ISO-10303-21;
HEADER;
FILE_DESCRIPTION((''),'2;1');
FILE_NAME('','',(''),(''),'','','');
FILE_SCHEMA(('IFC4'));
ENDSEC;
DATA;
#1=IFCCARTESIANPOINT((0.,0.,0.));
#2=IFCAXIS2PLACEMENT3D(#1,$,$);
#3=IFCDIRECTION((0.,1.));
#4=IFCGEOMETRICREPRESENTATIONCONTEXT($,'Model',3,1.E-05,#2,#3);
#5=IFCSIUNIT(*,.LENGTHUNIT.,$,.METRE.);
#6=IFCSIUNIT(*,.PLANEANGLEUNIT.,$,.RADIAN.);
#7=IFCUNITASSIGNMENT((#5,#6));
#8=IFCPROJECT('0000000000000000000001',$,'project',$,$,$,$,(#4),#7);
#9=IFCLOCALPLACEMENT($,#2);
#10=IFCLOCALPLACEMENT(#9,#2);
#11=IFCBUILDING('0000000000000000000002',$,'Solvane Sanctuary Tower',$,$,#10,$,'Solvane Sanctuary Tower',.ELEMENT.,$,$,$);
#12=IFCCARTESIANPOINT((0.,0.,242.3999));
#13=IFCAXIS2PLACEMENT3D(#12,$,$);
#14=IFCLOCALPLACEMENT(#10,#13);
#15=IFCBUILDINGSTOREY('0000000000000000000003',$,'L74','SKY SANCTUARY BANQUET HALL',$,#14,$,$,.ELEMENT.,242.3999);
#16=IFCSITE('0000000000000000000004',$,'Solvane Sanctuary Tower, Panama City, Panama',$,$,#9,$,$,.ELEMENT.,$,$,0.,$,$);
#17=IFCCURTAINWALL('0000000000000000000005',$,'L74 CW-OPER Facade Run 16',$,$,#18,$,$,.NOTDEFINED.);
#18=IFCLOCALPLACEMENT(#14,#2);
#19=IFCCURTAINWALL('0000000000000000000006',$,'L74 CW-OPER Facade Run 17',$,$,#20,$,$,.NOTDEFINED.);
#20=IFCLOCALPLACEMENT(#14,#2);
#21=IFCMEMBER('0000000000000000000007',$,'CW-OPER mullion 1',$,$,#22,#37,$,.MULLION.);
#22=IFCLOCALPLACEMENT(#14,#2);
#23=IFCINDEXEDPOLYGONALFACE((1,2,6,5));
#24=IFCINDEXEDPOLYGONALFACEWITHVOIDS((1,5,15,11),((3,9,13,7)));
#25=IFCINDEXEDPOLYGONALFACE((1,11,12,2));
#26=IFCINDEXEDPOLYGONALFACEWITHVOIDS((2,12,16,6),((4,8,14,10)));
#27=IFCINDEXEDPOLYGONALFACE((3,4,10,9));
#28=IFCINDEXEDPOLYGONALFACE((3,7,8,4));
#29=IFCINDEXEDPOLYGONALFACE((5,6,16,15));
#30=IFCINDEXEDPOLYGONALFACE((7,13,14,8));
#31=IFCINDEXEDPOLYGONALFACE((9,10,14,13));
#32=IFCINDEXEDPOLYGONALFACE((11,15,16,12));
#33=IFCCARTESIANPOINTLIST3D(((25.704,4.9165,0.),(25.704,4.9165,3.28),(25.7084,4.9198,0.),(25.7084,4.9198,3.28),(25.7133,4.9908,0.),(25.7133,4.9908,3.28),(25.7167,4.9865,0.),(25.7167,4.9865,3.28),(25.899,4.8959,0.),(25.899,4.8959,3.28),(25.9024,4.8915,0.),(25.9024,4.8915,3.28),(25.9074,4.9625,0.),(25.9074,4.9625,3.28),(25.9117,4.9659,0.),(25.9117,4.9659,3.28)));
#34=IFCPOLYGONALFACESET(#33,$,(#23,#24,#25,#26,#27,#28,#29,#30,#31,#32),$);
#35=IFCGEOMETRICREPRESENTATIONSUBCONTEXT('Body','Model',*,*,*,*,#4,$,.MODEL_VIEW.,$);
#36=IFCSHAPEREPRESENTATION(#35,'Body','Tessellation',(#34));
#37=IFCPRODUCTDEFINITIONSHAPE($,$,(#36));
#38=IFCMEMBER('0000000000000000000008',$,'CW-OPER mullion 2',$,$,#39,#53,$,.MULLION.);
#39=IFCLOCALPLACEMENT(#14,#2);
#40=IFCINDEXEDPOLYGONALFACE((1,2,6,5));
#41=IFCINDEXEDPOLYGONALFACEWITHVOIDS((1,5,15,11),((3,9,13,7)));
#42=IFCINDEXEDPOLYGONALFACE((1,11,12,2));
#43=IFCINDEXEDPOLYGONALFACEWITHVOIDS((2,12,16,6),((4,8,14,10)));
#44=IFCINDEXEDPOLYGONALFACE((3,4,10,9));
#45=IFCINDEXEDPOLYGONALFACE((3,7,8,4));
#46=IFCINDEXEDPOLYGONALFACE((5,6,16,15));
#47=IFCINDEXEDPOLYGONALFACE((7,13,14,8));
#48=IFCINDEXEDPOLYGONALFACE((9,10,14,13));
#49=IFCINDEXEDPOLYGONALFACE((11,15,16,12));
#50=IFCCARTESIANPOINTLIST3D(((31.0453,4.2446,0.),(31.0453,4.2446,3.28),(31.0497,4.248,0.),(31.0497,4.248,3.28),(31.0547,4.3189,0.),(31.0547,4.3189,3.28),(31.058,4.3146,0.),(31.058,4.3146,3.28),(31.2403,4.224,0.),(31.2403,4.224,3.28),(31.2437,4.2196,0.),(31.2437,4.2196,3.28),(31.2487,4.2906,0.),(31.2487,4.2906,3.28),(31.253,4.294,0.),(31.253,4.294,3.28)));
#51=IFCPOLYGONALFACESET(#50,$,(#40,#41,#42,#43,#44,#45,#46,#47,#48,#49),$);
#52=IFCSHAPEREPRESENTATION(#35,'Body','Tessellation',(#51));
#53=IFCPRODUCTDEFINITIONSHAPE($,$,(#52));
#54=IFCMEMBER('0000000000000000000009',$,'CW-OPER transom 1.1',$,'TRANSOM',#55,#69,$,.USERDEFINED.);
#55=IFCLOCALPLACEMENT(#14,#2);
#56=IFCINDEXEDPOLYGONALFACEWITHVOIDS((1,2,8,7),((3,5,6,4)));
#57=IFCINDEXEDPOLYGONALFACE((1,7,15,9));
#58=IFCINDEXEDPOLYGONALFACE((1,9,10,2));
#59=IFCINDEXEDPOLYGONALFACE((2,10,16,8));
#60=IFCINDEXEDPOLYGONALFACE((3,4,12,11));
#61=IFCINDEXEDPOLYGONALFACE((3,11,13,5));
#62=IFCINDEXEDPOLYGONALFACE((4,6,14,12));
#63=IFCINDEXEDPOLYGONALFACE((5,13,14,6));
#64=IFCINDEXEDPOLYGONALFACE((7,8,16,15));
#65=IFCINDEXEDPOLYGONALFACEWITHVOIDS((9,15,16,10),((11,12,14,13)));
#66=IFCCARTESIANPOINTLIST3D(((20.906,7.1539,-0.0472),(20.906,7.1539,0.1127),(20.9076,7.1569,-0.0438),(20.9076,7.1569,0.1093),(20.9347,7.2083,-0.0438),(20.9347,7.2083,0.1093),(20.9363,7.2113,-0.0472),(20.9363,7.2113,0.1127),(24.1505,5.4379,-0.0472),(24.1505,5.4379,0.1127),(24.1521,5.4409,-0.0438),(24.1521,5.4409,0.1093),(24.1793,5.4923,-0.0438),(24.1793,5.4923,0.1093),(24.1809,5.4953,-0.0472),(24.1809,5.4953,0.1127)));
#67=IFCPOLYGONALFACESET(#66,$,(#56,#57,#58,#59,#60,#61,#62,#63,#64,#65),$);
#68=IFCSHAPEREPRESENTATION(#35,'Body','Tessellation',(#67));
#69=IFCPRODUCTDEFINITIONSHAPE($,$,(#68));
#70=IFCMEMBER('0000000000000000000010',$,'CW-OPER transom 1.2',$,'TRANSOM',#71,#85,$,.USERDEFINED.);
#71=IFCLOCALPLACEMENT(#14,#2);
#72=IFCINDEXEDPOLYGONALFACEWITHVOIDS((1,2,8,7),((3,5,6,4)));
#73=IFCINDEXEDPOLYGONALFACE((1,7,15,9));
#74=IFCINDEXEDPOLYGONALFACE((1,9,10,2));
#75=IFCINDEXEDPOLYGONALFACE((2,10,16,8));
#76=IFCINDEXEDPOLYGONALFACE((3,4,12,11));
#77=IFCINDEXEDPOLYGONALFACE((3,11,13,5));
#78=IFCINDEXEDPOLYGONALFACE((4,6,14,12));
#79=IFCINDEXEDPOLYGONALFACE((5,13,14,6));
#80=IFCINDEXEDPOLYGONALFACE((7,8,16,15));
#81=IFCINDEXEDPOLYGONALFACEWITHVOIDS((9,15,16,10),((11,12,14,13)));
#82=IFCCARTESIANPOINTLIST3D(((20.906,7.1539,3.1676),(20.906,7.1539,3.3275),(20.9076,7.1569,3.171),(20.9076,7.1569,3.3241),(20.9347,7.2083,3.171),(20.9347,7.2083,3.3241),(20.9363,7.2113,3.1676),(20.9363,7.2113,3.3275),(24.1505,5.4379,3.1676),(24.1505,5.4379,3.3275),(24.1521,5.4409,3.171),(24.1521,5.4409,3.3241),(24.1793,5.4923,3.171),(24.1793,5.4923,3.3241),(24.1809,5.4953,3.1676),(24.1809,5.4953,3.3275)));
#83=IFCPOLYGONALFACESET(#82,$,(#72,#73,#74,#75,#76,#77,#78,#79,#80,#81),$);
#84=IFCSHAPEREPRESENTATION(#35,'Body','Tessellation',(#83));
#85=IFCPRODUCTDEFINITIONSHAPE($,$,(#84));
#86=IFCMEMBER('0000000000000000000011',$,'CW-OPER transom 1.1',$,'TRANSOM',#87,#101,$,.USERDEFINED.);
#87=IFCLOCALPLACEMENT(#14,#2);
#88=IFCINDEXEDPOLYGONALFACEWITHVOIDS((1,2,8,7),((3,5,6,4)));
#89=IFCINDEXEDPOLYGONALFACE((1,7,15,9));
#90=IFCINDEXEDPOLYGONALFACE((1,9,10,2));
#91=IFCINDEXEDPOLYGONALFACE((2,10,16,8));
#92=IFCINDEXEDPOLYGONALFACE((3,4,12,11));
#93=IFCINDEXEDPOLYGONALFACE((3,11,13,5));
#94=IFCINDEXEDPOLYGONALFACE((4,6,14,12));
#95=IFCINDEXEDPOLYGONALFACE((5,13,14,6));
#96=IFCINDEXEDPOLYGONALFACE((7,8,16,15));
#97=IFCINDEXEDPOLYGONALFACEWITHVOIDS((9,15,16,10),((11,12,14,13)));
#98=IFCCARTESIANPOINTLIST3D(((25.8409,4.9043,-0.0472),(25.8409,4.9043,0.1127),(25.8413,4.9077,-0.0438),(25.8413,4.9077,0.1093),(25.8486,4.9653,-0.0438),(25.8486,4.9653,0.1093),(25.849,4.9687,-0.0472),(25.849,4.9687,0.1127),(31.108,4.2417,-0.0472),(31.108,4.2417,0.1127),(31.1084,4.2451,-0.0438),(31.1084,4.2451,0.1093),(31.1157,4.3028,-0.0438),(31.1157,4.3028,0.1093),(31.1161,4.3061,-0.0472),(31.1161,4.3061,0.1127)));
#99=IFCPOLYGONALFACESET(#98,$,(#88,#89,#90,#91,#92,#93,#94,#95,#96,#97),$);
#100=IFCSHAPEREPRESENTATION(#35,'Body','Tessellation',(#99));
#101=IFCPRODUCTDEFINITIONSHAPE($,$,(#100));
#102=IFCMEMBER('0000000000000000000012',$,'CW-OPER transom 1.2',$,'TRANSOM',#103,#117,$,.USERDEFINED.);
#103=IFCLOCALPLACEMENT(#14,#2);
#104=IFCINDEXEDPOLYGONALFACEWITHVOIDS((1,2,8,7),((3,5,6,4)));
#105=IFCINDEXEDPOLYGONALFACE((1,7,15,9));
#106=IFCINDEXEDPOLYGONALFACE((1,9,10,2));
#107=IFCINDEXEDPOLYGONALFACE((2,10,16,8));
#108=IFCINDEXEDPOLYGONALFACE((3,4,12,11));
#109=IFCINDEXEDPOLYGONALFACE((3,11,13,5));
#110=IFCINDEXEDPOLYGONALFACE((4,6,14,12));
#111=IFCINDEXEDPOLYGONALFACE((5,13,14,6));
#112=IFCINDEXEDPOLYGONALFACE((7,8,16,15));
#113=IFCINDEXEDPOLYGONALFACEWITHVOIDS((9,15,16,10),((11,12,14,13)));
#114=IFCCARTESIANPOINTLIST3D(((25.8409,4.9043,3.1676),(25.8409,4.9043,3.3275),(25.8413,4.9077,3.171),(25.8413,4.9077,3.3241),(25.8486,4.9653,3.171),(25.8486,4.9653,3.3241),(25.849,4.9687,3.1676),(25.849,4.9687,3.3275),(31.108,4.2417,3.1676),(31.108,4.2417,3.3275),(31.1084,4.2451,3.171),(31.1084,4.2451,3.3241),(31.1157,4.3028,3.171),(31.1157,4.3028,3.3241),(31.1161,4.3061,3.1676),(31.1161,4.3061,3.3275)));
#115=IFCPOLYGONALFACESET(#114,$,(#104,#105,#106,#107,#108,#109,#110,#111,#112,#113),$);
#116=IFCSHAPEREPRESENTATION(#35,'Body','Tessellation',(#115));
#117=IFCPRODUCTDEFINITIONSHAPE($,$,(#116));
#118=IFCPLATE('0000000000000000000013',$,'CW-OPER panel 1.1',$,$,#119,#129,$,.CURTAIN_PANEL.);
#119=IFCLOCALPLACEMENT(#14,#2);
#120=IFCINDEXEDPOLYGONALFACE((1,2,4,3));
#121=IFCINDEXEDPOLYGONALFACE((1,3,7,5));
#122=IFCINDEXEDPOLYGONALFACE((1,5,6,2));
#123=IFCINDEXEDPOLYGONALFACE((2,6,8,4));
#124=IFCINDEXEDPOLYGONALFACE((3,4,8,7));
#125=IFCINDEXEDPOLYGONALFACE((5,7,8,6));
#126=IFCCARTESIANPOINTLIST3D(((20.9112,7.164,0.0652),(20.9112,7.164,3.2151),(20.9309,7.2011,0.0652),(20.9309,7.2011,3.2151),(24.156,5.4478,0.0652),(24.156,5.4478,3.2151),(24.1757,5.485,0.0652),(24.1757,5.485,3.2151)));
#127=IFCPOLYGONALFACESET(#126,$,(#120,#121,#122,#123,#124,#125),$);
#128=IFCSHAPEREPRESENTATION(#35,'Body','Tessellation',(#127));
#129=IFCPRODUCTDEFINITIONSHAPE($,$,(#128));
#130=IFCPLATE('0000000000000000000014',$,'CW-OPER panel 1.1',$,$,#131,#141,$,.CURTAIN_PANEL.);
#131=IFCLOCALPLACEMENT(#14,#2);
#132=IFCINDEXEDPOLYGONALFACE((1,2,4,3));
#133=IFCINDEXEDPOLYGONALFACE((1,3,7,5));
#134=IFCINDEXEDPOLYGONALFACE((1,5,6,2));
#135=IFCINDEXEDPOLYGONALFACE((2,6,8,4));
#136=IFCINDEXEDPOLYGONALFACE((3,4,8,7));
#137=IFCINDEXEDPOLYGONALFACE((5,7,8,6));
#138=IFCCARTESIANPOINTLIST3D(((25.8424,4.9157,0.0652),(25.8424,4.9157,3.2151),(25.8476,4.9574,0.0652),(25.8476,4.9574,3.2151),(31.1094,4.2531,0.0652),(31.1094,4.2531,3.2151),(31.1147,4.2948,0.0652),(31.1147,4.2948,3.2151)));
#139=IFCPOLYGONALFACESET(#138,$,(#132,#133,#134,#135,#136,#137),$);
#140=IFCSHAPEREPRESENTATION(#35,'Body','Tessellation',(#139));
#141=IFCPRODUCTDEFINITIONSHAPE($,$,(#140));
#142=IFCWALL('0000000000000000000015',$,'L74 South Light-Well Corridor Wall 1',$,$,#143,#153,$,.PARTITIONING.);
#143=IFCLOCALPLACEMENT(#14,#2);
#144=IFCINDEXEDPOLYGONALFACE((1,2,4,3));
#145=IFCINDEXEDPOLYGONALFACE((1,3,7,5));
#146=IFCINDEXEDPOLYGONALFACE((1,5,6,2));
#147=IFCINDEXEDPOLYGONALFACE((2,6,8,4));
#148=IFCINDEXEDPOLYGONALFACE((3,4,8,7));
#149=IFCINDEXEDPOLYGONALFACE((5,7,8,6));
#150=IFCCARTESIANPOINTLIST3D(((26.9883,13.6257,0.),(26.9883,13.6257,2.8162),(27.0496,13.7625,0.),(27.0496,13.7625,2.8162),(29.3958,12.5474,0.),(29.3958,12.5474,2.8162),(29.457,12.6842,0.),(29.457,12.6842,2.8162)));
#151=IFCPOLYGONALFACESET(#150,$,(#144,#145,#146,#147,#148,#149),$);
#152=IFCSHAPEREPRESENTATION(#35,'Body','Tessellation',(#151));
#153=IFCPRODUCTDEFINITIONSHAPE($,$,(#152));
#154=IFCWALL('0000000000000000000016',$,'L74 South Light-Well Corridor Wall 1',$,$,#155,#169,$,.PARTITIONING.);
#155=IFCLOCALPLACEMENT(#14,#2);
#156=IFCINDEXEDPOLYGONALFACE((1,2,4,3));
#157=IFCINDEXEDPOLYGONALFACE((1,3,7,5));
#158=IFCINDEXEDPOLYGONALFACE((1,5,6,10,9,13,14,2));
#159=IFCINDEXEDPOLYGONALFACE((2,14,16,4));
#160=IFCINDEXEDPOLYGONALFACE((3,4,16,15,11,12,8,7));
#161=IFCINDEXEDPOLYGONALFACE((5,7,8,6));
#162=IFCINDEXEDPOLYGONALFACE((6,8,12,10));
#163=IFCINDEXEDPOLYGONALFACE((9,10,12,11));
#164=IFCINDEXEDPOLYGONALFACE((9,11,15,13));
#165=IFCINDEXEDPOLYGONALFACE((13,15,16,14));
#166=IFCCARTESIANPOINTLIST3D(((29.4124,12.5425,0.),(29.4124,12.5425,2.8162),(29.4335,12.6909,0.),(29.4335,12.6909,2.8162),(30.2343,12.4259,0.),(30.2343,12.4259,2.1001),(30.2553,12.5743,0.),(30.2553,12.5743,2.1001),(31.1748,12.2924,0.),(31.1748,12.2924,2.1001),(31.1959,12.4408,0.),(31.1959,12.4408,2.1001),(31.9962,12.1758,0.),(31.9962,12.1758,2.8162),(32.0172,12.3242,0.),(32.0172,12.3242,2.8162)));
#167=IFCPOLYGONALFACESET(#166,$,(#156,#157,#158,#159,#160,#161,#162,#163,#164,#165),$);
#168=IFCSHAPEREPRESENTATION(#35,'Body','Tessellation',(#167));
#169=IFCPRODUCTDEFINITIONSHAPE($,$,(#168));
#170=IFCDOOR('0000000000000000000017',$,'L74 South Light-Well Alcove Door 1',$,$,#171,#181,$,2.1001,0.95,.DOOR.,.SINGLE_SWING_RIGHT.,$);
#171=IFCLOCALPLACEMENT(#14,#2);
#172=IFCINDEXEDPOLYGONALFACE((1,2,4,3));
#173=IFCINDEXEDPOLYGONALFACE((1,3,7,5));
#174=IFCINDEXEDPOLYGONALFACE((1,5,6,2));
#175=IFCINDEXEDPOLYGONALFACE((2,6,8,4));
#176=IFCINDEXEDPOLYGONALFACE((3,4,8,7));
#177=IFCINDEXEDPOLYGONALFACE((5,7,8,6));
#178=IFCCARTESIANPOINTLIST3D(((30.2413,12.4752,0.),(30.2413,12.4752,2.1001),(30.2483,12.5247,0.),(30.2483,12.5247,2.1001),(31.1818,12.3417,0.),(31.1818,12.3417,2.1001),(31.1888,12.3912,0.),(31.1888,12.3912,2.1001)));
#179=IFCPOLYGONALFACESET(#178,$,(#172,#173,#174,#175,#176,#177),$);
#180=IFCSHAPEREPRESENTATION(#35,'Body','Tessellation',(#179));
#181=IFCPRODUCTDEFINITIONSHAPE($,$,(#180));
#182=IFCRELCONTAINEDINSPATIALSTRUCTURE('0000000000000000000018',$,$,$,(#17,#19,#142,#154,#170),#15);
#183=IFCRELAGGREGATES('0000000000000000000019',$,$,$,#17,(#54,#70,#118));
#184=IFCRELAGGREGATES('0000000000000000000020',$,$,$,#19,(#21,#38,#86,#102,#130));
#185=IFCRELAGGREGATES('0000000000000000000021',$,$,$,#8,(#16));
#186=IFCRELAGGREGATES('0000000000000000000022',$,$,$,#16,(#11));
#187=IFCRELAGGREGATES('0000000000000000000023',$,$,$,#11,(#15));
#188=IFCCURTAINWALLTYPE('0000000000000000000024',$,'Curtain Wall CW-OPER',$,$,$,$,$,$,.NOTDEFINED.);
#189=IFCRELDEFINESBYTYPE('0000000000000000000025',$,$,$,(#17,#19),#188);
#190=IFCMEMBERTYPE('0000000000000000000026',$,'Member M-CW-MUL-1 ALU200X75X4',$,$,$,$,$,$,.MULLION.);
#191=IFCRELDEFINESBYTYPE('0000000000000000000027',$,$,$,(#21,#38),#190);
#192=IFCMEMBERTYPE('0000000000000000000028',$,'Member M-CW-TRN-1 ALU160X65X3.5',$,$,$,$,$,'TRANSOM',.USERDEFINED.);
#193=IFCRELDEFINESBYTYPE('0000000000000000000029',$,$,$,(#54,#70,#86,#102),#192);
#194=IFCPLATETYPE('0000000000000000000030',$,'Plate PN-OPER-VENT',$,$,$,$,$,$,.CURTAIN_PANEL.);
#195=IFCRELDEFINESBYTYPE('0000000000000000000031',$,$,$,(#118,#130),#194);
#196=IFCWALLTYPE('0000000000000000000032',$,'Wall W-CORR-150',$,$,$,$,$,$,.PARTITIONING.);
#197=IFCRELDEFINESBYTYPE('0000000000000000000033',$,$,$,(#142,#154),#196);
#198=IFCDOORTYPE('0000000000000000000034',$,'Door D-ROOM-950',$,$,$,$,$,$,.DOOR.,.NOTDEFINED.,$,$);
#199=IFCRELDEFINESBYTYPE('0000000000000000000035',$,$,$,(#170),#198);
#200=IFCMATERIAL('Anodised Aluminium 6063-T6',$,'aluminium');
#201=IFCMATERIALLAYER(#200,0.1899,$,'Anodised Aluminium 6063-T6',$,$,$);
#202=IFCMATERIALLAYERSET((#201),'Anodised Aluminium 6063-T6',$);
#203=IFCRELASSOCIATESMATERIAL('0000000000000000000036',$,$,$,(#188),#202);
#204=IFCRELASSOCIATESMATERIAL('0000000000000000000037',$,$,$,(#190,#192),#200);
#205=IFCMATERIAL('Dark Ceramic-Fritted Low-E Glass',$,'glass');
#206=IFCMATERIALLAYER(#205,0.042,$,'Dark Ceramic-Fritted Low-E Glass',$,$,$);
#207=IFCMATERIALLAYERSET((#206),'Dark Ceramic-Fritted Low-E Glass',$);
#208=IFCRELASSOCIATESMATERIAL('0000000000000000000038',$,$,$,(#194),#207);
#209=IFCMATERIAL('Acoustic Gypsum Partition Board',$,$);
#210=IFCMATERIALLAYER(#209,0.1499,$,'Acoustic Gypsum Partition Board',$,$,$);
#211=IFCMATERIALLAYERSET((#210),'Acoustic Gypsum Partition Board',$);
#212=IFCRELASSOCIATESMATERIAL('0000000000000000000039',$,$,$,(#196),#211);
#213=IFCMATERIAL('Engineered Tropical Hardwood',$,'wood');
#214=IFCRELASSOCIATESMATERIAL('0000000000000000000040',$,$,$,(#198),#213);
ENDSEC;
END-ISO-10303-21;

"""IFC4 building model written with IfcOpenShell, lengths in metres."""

from ifc_helpers import new_model, si_unit, direction, frame, frame_2d, origin, origin_2d, place, context, subcontext, project, spatial, rectangle, hollow_rectangle, extrude, material, layer, layer_set, material_profile, profile_set, type_object, element, fill, aggregate, save


model = new_model("IFC4")

# Units and contexts
model_context = context("Model", 3, precision=1e-05, world=origin(), true_north=direction((0.0, 1.0)))
body_context = subcontext(model_context, "Body", "Model", "MODEL_VIEW")
ifc_project = project(units=[si_unit("LENGTHUNIT", "METRE"), si_unit("PLANEANGLEUNIT", "RADIAN")], contexts=[model_context])

# Site, building, storey
site_placement = place(None, origin())
site = spatial("IfcSite", under=ifc_project, at=site_placement, Name="Solvane Sanctuary Tower, Panama City, Panama", CompositionType="ELEMENT", RefElevation=0.0)
building_placement = place(site_placement, origin())
building = spatial("IfcBuilding", under=site, at=building_placement, Name="Solvane Sanctuary Tower", LongName="Solvane Sanctuary Tower", CompositionType="ELEMENT")
storey_placement = place(building_placement, frame((0.0, 0.0, 242.3999)))
storey = spatial("IfcBuildingStorey", under=building, at=storey_placement, Name="L74", Description="SKY SANCTUARY BANQUET HALL", CompositionType="ELEMENT", Elevation=242.3999)

# Curtain walls, members
ifc_material_1 = material(Name="Anodised Aluminium 6063-T6", Category="aluminium")
ifc_layer_1 = layer(ifc_material_1, 0.1899, Name="Anodised Aluminium 6063-T6")
ifc_layer_set_1 = layer_set([ifc_layer_1], Name="Anodised Aluminium 6063-T6")
curtain_wall_type = type_object("IfcCurtainWallType", Name="Curtain Wall CW-OPER", PredefinedType="NOTDEFINED", material=ifc_layer_set_1)
curtain_wall_1_placement = place(storey_placement, origin())
curtain_wall_1 = element("IfcCurtainWall", 1, at=curtain_wall_1_placement, inside=storey, type_object=curtain_wall_type, Name="L74 CW-OPER Facade Run 16", PredefinedType="NOTDEFINED")
ifc_material_profile_1 = material_profile(ifc_material_1, hollow_rectangle(XDim=0.075, YDim=0.2, WallThickness=0.0039, at=origin_2d()), Name="ALU200X75X4")
ifc_profile_set_1 = profile_set([ifc_material_profile_1], Name="Anodised Aluminium 6063-T6")
member_type_1 = type_object("IfcMemberType", Name="Member M-CW-MUL-1 ALU200X75X4", PredefinedType="MULLION", material=ifc_profile_set_1)
curtain_wall_2_placement = place(storey_placement, origin())
curtain_wall_2 = element("IfcCurtainWall", 2, at=curtain_wall_2_placement, inside=storey, type_object=curtain_wall_type, Name="L74 CW-OPER Facade Run 17", PredefinedType="NOTDEFINED")
member_1_placement = place(storey_placement, frame((25.8079, 4.9412, 0.0), z_axis=(0.0, 0.0, 1.0), x_axis=(0.124815, 0.99218, 0.0)))
member_1 = element("IfcMember", 3, at=member_1_placement, type_object=member_type_1, Name="CW-OPER mullion 1", PredefinedType="MULLION", context=body_context, shape_type="SweptSolid", body=[
    extrude(hollow_rectangle(XDim=0.075, YDim=0.2, WallThickness=0.0039, at=origin_2d()), origin(), (0.0, 0.0, 1.0), 3.28),
])
member_2_placement = place(storey_placement, frame((31.1492, 4.2693, 0.0), z_axis=(0.0, 0.0, 1.0), x_axis=(0.124815, 0.99218, 0.0)))
member_2 = element("IfcMember", 4, at=member_2_placement, type_object=member_type_1, Name="CW-OPER mullion 2", PredefinedType="MULLION", context=body_context, shape_type="SweptSolid", body=[
    extrude(hollow_rectangle(XDim=0.075, YDim=0.2, WallThickness=0.0039, at=origin_2d()), origin(), (0.0, 0.0, 1.0), 3.28),
])

# Members
ifc_material_profile_2 = material_profile(ifc_material_1, hollow_rectangle(XDim=0.0649, YDim=0.1599, WallThickness=0.0034, at=origin_2d()), Name="ALU160X65X3.5")
ifc_profile_set_2 = profile_set([ifc_material_profile_2], Name="Anodised Aluminium 6063-T6")
member_type_2 = type_object("IfcMemberType", Name="Member M-CW-TRN-1 ALU160X65X3.5", ElementType="TRANSOM", PredefinedType="USERDEFINED", material=ifc_profile_set_2)
member_3_placement = place(storey_placement, frame((20.9211, 7.1826, 0.0327), z_axis=(0.883977, -0.46753, 0.0), x_axis=(0.46753, 0.883977, 0.0)))
member_3 = element("IfcMember", 5, at=member_3_placement, type_object=member_type_2, Name="CW-OPER transom 1.1", ObjectType="TRANSOM", PredefinedType="USERDEFINED", context=body_context, shape_type="SweptSolid", body=[
    extrude(hollow_rectangle(XDim=0.0649, YDim=0.1599, WallThickness=0.0034, at=origin_2d()), origin(), (0.0, 0.0, 1.0), 3.6704),
])
member_4_placement = place(storey_placement, frame((20.9211, 7.1826, 3.2476), z_axis=(0.883977, -0.46753, 0.0), x_axis=(0.46753, 0.883977, 0.0)))
member_4 = element("IfcMember", 6, at=member_4_placement, type_object=member_type_2, Name="CW-OPER transom 1.2", ObjectType="TRANSOM", PredefinedType="USERDEFINED", context=body_context, shape_type="SweptSolid", body=[
    extrude(hollow_rectangle(XDim=0.0649, YDim=0.1599, WallThickness=0.0034, at=origin_2d()), origin(), (0.0, 0.0, 1.0), 3.6704),
])
member_5_placement = place(storey_placement, frame((25.845, 4.9365, 0.0327), z_axis=(0.99218, -0.124816, 0.0), x_axis=(0.124816, 0.99218, 0.0)))
member_5 = element("IfcMember", 7, at=member_5_placement, type_object=member_type_2, Name="CW-OPER transom 1.1", ObjectType="TRANSOM", PredefinedType="USERDEFINED", context=body_context, shape_type="SweptSolid", body=[
    extrude(hollow_rectangle(XDim=0.0649, YDim=0.1599, WallThickness=0.0034, at=origin_2d()), origin(), (0.0, 0.0, 1.0), 5.3086),
])
member_6_placement = place(storey_placement, frame((25.845, 4.9365, 3.2476), z_axis=(0.99218, -0.124816, 0.0), x_axis=(0.124816, 0.99218, 0.0)))
member_6 = element("IfcMember", 8, at=member_6_placement, type_object=member_type_2, Name="CW-OPER transom 1.2", ObjectType="TRANSOM", PredefinedType="USERDEFINED", context=body_context, shape_type="SweptSolid", body=[
    extrude(hollow_rectangle(XDim=0.0649, YDim=0.1599, WallThickness=0.0034, at=origin_2d()), origin(), (0.0, 0.0, 1.0), 5.3086),
])

# Plates
ifc_material_2 = material(Name="Dark Ceramic-Fritted Low-E Glass", Category="glass")
ifc_layer_2 = layer(ifc_material_2, 0.042, Name="Dark Ceramic-Fritted Low-E Glass")
ifc_layer_set_2 = layer_set([ifc_layer_2], Name="Dark Ceramic-Fritted Low-E Glass")
plate_type = type_object("IfcPlateType", Name="Plate PN-OPER-VENT", PredefinedType="CURTAIN_PANEL", material=ifc_layer_set_2)
plate_1_placement = place(storey_placement, frame((22.5435, 6.3245, 0.0652), z_axis=(0.0, 0.0, 1.0), x_axis=(0.883981, -0.467523, 0.0)))
plate_1 = element("IfcPlate", 9, at=plate_1_placement, type_object=plate_type, Name="CW-OPER panel 1.1", PredefinedType="CURTAIN_PANEL", context=body_context, shape_type="SweptSolid", body=[
    extrude(rectangle(XDim=3.6707, YDim=0.042, at=origin_2d()), origin(), (0.0, 0.0, 1.0), 3.1499),
])
aggregate(curtain_wall_1, [member_3, member_4, plate_1])
plate_2_placement = place(storey_placement, frame((28.4785, 4.6052, 0.0652), z_axis=(0.0, 0.0, 1.0), x_axis=(0.99218, -0.124815, 0.0)))
plate_2 = element("IfcPlate", 10, at=plate_2_placement, type_object=plate_type, Name="CW-OPER panel 1.1", PredefinedType="CURTAIN_PANEL", context=body_context, shape_type="SweptSolid", body=[
    extrude(rectangle(XDim=5.3086, YDim=0.042, at=origin_2d()), origin(), (0.0, 0.0, 1.0), 3.1499),
])
aggregate(curtain_wall_2, [member_1, member_2, member_5, member_6, plate_2])

# Wall
ifc_material_3 = material(Name="Acoustic Gypsum Partition Board")
ifc_layer_3 = layer(ifc_material_3, 0.1499, Name="Acoustic Gypsum Partition Board")
ifc_layer_set_3 = layer_set([ifc_layer_3], Name="Acoustic Gypsum Partition Board")
wall_type_1 = type_object("IfcWallType", Name="Wall W-CORR-150", PredefinedType="PARTITIONING", material=ifc_layer_set_3)
wall_1_placement = place(storey_placement, frame((27.019, 13.6941, 0.0), z_axis=(0.0, 0.0, 1.0), x_axis=(0.912628, -0.40879, 0.0)))
element("IfcWall", 11, at=wall_1_placement, inside=storey, type_object=wall_type_1, Name="L74 South Light-Well Corridor Wall 1", PredefinedType="PARTITIONING", context=body_context, shape_type="SweptSolid", body=[
    extrude(rectangle(XDim=2.6379, YDim=0.1499, at=frame_2d((1.3188, 0.0))), origin(), (0.0, 0.0, 1.0), 2.8162),
])

# Wall, opening, door
wall_2_placement = place(storey_placement, frame((29.4231, 12.6167, 0.0), z_axis=(0.0, 0.0, 1.0), x_axis=(0.990078, -0.140518, 0.0)))
wall_2 = element("IfcWall", 12, at=wall_2_placement, inside=storey, type_object=wall_type_1, Name="L74 South Light-Well Corridor Wall 1", PredefinedType="PARTITIONING", context=body_context, shape_type="SweptSolid", body=[
    extrude(rectangle(XDim=2.6096, YDim=0.1499, at=frame_2d((1.3047, 0.0))), origin(), (0.0, 0.0, 1.0), 2.8162),
])
opening_1_placement = place(wall_2_placement, frame((0.8298, 0.0, 0.0)))
opening_1 = element("IfcOpeningElement", 13, at=opening_1_placement, cuts=wall_2, PredefinedType="OPENING", context=body_context, shape_type="SweptSolid", body=[
    extrude(rectangle(XDim=0.95, YDim=2.1001, at=frame_2d((0.4751, 1.05))), frame((0.0, 0.085, 0.0), z_axis=(0.0, -1.0, 0.0), x_axis=(1.0, 0.0, 0.0)), (0.0, 0.0, 1.0), 0.1699),
])
ifc_material_4 = material(Name="Engineered Tropical Hardwood", Category="wood")
door_type_1 = type_object("IfcDoorType", Name="Door D-ROOM-950", OperationType="NOTDEFINED", PredefinedType="DOOR", material=ifc_material_4)
door_1_placement = place(opening_1_placement, origin())
door_1 = element("IfcDoor", 14, at=door_1_placement, inside=storey, type_object=door_type_1, Name="L74 South Light-Well Alcove Door 1", OperationType="SINGLE_SWING_RIGHT", OverallHeight=2.1001, OverallWidth=0.95, PredefinedType="DOOR", context=body_context, shape_type="SweptSolid", body=[
    extrude(rectangle(XDim=0.95, YDim=2.1001, at=frame_2d((0.4751, 1.05))), frame((0.0, 0.0249, 0.0), z_axis=(0.0, -1.0, 0.0), x_axis=(1.0, 0.0, 0.0)), (0.0, 0.0, 1.0), 0.05),
])
fill(opening_1, door_1)

save(model, "model.ifc")
